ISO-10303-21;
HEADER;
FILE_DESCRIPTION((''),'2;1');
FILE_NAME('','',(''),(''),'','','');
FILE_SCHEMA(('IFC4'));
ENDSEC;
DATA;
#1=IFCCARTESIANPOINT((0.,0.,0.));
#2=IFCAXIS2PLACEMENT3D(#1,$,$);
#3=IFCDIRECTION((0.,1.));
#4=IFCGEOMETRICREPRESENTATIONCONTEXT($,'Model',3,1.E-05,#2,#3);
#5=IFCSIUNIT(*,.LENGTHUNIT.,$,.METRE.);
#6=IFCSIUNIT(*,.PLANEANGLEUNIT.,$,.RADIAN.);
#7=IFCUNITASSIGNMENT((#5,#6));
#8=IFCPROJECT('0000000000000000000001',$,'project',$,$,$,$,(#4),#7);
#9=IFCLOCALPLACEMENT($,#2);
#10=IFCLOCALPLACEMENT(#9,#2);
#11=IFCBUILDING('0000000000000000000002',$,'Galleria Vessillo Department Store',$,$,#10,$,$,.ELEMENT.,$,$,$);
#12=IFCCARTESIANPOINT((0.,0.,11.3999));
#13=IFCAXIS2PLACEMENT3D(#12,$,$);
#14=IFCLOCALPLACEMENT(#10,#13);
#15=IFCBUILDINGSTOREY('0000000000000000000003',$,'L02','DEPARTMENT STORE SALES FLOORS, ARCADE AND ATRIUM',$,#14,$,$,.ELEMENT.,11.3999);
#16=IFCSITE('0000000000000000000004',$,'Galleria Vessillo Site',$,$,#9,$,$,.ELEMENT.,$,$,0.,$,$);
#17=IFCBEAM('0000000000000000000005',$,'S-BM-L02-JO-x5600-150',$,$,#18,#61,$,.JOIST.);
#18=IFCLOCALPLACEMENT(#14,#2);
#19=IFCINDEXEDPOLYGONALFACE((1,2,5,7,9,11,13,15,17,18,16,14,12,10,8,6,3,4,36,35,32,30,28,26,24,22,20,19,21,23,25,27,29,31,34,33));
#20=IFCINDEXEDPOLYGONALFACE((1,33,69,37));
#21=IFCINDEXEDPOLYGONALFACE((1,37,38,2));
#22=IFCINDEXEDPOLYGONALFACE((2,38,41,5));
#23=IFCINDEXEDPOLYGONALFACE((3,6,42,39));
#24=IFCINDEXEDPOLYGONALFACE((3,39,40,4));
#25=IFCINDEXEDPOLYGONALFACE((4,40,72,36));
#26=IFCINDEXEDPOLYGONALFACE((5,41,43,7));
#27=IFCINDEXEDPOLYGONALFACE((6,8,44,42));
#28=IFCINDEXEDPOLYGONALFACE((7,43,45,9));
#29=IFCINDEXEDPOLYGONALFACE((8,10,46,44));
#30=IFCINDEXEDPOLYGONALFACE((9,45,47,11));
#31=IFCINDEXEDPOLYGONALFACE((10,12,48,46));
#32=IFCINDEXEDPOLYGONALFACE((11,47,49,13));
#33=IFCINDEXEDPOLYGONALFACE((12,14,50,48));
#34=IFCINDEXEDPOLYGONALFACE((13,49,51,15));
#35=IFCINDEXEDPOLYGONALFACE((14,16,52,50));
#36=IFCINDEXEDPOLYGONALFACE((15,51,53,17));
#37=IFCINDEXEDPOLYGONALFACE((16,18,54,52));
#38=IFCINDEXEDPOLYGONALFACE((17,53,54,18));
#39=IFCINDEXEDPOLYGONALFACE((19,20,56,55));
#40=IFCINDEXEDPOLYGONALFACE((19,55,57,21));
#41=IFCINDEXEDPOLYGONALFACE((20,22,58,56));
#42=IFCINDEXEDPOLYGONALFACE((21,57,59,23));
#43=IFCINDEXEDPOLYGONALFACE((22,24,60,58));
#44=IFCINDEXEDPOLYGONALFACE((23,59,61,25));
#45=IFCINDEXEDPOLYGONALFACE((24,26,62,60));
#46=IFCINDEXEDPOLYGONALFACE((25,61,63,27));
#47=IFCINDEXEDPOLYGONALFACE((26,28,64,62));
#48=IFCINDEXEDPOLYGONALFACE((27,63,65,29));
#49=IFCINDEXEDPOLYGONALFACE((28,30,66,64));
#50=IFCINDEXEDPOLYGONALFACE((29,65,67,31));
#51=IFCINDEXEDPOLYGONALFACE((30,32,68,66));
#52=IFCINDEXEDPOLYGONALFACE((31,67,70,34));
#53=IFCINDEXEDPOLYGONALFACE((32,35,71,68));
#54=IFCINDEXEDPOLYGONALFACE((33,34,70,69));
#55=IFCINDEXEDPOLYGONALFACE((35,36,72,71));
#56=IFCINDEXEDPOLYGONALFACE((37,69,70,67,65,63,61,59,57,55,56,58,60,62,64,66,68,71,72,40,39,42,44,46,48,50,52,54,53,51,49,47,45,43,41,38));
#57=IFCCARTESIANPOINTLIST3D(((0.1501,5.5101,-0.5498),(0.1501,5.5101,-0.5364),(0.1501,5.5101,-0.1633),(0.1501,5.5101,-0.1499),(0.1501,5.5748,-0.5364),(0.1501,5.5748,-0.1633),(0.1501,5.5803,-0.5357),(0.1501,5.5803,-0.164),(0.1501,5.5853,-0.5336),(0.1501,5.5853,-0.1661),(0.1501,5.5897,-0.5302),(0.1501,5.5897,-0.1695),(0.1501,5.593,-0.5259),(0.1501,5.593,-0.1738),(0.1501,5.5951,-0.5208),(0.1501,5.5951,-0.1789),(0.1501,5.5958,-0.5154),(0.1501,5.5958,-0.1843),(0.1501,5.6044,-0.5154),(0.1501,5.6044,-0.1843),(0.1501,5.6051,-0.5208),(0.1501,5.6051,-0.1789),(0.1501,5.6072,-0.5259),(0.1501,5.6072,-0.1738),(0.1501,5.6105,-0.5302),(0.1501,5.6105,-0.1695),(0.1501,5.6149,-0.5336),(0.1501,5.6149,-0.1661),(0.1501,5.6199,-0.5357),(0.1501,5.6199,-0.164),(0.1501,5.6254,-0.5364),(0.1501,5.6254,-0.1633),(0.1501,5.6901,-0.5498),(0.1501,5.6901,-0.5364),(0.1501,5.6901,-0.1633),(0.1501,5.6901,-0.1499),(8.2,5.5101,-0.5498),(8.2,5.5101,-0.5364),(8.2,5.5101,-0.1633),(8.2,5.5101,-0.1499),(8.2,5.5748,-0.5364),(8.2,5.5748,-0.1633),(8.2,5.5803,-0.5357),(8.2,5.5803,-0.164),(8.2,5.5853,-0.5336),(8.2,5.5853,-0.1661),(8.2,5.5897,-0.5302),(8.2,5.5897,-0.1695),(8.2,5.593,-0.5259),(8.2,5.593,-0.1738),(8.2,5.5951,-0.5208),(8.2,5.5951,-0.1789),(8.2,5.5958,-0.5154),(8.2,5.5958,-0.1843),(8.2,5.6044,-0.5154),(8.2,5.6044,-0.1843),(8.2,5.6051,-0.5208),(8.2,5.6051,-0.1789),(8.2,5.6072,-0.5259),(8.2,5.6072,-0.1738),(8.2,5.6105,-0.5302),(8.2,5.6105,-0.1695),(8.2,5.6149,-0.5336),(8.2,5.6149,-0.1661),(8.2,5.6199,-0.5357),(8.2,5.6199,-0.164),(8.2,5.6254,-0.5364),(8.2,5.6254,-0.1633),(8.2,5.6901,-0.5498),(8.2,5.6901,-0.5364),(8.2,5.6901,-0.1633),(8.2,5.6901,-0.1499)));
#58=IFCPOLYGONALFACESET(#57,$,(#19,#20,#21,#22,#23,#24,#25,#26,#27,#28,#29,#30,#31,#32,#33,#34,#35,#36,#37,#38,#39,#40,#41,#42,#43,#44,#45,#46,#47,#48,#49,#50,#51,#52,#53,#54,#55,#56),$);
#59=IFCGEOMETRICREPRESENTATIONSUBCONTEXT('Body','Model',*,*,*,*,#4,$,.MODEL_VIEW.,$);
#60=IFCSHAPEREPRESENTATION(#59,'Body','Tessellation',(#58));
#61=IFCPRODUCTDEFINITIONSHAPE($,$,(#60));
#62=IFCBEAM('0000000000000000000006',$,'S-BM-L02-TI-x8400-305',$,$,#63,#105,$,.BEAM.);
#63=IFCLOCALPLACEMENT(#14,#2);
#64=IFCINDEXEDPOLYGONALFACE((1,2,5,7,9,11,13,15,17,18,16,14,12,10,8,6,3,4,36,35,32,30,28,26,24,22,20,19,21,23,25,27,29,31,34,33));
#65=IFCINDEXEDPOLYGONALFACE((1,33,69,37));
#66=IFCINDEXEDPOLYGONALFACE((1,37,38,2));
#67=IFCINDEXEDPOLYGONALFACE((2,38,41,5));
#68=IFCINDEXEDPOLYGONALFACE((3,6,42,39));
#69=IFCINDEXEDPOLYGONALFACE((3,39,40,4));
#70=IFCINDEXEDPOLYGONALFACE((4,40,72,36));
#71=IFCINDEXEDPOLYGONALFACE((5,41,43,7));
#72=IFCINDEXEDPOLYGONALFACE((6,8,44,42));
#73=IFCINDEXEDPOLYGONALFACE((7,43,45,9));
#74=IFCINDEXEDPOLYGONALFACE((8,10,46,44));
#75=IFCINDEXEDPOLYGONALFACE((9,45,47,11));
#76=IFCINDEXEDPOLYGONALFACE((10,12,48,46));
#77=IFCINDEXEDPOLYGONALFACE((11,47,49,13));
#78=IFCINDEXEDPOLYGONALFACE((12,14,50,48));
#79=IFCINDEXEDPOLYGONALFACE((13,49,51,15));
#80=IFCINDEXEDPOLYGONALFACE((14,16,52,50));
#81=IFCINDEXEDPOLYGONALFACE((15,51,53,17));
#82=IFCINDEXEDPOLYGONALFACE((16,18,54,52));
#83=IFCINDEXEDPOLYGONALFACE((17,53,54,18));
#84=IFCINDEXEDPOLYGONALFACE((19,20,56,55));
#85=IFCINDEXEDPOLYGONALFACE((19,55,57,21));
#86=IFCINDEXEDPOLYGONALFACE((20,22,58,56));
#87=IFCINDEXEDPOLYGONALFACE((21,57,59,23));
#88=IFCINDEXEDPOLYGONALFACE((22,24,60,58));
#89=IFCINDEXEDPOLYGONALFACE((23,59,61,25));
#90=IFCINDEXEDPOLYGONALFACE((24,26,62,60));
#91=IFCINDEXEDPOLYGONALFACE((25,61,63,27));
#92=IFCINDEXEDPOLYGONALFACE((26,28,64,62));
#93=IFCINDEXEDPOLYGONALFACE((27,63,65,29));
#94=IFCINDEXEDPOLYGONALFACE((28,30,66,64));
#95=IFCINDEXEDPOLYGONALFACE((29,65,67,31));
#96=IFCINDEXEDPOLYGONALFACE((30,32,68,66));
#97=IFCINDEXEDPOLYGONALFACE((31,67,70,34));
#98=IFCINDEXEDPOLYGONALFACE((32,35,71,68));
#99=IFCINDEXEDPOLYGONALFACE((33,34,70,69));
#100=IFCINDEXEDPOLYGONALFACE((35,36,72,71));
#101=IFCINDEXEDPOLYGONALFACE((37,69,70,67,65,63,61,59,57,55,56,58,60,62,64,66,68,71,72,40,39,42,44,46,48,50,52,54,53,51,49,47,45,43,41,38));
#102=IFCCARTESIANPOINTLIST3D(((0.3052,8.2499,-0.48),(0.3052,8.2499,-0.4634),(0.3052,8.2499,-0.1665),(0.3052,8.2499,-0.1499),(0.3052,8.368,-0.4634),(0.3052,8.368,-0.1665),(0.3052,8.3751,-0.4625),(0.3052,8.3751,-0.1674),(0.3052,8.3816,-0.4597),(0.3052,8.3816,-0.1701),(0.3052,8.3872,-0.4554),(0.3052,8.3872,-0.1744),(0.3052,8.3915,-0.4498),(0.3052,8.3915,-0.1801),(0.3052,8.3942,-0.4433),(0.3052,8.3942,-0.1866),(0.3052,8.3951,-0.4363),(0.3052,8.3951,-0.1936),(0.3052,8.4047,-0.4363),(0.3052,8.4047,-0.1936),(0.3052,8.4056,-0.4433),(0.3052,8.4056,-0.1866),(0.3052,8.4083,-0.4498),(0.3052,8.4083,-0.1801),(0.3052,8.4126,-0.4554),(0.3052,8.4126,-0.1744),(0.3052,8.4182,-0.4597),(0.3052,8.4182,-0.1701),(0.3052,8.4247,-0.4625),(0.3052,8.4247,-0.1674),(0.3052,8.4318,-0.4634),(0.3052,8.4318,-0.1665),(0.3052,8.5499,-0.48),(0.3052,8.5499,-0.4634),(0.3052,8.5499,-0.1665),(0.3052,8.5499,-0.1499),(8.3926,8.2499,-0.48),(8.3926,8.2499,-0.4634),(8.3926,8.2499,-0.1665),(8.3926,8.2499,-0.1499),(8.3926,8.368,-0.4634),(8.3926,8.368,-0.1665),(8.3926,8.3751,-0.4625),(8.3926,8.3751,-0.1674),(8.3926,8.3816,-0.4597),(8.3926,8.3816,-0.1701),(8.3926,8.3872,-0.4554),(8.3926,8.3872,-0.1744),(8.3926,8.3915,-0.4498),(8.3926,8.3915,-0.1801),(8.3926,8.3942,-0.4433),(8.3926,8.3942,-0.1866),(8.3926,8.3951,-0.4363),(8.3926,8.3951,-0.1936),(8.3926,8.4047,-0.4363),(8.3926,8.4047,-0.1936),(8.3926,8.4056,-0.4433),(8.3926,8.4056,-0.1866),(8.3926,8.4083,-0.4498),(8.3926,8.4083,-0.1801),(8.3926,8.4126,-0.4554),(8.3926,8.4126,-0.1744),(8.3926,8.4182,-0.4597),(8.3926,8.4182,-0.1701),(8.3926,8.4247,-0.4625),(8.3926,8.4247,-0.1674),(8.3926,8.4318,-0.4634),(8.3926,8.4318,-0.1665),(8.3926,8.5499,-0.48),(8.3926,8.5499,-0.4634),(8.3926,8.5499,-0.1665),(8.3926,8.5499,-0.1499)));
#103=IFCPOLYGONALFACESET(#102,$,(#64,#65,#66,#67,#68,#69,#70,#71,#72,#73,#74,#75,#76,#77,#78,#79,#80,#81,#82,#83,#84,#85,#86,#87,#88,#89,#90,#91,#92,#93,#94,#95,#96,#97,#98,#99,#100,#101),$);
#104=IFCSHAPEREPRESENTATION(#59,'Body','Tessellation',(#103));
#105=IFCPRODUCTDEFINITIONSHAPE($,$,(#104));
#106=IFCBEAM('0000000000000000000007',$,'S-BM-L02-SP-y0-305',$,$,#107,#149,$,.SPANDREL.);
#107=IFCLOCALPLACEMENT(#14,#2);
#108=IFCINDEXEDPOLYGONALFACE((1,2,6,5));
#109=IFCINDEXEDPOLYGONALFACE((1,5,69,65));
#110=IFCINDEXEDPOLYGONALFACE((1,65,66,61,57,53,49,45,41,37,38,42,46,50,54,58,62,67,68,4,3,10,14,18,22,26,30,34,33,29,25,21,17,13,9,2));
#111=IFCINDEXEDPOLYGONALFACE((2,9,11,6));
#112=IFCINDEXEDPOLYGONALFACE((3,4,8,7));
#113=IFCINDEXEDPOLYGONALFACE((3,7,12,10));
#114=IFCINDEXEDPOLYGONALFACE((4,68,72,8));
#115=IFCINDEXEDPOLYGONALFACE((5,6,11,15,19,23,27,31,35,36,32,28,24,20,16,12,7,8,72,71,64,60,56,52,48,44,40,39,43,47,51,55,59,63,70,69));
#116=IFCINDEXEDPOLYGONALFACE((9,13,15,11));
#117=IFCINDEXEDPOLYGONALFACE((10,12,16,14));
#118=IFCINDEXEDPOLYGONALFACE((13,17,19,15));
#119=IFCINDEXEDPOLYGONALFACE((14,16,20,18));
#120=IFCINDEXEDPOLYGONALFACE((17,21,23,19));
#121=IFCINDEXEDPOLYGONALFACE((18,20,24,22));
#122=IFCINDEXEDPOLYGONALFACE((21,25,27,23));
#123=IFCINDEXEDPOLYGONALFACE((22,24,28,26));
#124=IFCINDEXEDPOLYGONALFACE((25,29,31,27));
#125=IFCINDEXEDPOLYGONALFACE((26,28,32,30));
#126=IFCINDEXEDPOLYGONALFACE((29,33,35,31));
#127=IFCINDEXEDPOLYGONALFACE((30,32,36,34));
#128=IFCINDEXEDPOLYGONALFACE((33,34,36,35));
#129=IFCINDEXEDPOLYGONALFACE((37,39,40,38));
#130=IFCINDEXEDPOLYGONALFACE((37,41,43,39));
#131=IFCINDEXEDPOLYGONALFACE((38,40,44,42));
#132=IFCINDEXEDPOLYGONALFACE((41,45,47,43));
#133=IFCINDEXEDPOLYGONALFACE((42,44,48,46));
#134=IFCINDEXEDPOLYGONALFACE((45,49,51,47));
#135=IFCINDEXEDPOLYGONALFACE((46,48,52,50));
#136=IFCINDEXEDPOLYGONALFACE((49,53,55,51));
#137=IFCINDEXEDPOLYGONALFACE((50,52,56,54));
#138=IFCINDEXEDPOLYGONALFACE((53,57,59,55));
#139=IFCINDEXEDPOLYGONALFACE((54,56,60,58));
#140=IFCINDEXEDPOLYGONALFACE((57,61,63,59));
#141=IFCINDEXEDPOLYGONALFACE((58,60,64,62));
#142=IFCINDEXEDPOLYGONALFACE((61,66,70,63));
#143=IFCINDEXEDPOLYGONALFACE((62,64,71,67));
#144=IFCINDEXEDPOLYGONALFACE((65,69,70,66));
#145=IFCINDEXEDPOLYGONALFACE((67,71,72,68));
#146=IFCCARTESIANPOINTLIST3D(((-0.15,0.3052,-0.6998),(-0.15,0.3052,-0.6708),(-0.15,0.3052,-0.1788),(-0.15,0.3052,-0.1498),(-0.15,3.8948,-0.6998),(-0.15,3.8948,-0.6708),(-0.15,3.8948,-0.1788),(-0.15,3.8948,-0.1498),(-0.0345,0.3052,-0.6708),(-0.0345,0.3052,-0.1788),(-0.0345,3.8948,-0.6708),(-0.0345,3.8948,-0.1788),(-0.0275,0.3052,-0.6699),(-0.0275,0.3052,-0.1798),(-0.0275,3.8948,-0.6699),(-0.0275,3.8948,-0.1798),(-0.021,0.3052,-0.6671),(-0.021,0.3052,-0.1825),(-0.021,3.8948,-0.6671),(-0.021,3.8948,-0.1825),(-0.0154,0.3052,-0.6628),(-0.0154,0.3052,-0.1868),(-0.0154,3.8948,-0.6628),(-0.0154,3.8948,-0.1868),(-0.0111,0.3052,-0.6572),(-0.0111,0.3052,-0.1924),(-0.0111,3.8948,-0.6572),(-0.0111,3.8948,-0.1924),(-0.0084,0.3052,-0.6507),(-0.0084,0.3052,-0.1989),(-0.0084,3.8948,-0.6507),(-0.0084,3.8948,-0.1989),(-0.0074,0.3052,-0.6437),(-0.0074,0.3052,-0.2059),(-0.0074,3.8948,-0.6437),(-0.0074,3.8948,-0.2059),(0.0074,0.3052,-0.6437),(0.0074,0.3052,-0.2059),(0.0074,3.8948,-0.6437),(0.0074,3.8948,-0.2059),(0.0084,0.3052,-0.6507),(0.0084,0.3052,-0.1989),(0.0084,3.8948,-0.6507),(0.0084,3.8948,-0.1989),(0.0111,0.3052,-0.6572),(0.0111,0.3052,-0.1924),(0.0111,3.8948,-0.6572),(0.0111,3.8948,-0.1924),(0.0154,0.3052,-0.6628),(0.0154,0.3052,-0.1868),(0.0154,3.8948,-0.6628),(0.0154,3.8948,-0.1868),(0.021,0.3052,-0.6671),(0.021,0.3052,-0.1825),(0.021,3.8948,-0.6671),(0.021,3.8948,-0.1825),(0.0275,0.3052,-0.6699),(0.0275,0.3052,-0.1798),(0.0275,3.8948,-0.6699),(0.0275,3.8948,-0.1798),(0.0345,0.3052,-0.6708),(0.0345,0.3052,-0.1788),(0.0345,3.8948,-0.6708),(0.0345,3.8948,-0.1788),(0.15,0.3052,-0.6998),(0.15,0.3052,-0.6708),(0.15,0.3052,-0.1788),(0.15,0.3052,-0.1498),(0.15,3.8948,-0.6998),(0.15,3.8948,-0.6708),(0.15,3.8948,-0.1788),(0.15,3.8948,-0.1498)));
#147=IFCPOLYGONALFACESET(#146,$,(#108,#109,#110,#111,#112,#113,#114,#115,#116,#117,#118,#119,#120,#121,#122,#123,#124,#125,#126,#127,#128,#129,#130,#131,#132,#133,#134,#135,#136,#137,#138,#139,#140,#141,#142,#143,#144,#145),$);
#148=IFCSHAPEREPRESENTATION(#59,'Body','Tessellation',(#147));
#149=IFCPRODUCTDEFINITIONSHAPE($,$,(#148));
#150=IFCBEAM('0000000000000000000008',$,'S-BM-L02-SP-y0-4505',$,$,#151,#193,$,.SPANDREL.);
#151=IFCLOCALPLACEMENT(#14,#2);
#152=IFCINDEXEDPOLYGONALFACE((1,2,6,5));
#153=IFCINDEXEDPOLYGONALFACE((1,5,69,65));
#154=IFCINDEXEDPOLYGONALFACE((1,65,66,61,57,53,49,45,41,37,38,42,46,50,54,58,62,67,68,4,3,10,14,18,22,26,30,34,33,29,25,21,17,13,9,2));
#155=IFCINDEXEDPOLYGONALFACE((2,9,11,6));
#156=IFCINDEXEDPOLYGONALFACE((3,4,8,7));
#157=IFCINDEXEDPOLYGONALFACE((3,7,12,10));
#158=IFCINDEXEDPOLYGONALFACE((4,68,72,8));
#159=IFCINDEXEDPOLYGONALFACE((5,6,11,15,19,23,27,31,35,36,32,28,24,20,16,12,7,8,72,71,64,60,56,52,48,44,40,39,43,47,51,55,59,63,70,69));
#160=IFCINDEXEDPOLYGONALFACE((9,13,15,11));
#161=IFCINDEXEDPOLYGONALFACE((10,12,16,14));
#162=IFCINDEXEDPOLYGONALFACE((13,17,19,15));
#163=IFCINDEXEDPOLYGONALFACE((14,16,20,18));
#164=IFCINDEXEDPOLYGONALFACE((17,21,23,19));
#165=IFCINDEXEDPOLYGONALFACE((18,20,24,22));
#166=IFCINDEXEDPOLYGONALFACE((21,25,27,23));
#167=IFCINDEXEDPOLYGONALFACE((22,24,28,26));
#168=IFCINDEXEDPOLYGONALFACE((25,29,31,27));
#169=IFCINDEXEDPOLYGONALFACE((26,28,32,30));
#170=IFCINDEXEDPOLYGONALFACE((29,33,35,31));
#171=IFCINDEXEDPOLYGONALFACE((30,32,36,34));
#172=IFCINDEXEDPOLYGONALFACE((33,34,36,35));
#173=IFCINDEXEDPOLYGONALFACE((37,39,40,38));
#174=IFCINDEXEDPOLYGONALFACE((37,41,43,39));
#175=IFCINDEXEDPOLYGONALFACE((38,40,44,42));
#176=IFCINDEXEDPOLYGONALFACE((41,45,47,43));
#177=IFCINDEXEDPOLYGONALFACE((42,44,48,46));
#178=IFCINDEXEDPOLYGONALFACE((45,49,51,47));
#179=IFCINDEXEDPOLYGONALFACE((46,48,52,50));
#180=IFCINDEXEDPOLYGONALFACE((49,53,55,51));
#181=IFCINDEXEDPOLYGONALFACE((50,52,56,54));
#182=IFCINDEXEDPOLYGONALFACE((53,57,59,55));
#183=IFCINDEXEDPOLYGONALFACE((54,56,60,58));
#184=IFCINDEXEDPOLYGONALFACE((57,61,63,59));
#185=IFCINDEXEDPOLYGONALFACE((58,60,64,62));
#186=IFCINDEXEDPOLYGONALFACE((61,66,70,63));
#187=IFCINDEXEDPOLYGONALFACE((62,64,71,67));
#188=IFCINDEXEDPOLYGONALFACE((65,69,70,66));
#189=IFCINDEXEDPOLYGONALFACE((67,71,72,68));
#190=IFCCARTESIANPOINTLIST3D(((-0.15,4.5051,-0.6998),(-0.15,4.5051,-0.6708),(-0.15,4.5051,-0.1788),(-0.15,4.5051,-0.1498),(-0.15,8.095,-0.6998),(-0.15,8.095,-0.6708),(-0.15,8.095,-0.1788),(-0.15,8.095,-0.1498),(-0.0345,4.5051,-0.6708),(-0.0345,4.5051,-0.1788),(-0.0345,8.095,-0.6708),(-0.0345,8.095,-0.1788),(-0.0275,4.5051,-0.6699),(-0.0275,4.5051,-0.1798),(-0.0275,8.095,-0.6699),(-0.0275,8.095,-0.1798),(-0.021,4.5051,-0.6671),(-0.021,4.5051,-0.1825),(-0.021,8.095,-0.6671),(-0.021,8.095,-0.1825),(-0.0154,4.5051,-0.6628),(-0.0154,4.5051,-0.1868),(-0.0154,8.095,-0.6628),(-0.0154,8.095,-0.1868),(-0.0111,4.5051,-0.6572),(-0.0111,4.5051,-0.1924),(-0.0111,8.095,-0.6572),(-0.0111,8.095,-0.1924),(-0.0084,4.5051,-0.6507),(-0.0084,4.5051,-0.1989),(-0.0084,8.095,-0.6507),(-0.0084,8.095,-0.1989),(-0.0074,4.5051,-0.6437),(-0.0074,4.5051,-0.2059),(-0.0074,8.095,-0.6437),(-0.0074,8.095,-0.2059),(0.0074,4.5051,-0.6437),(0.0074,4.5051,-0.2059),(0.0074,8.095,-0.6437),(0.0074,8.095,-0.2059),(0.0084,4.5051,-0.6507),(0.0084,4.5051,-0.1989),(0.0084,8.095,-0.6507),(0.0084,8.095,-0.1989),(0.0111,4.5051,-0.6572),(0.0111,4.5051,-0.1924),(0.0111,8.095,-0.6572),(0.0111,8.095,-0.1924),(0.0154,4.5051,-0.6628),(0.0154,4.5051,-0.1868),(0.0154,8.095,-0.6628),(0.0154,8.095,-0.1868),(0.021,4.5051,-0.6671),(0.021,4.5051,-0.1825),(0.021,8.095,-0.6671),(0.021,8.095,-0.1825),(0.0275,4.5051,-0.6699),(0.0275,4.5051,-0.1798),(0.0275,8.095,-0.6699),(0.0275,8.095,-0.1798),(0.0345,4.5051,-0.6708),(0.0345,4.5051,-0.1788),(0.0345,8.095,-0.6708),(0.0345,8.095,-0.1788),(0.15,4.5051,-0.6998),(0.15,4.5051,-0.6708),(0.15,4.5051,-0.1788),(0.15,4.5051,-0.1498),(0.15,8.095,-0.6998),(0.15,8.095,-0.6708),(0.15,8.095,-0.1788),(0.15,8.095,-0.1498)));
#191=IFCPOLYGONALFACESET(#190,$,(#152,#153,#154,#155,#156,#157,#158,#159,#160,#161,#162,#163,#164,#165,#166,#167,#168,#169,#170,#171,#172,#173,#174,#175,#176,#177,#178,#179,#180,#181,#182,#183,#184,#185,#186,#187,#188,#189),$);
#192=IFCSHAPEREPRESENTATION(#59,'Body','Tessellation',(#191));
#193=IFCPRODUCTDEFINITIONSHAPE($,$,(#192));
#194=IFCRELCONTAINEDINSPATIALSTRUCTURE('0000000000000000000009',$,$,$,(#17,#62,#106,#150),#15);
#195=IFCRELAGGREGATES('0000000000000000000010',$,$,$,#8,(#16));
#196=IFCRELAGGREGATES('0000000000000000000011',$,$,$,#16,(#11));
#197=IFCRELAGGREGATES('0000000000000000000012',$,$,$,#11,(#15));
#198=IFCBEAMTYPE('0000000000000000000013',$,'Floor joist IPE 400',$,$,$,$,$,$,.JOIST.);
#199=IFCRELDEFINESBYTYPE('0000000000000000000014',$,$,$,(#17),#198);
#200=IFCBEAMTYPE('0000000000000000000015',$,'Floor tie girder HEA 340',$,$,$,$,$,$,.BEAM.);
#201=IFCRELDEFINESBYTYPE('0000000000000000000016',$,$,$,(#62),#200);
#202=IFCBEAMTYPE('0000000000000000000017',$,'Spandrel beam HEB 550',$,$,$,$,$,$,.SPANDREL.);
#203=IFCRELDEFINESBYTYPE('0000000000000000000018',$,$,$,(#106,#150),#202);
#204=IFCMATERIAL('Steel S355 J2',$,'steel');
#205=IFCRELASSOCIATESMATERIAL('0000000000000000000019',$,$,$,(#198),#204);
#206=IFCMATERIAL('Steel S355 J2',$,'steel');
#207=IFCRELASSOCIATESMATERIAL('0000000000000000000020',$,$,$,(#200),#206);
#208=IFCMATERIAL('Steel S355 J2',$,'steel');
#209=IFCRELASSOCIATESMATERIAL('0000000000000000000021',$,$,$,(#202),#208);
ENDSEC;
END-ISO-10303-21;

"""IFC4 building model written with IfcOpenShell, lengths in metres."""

from ifc_helpers import new_model, si_unit, direction, frame, origin, origin_2d, place, context, subcontext, project, spatial, i_section, extrude, material, material_profile, profile_set, type_object, element, save


model = new_model("IFC4")

# Units and contexts
model_context = context("Model", 3, precision=1e-05, world=origin(), true_north=direction((0.0, 1.0)))
body_context = subcontext(model_context, "Body", "Model", "MODEL_VIEW")
ifc_project = project(units=[si_unit("LENGTHUNIT", "METRE"), si_unit("PLANEANGLEUNIT", "RADIAN")], contexts=[model_context])

# Site, building, storey
site_placement = place(None, origin())
site = spatial("IfcSite", under=ifc_project, at=site_placement, Name="Galleria Vessillo Site", CompositionType="ELEMENT", RefElevation=0.0)
building_placement = place(site_placement, origin())
building = spatial("IfcBuilding", under=site, at=building_placement, Name="Galleria Vessillo Department Store", CompositionType="ELEMENT")
storey_placement = place(building_placement, frame((0.0, 0.0, 11.3999)))
storey = spatial("IfcBuildingStorey", under=building, at=storey_placement, Name="L02", Description="DEPARTMENT STORE SALES FLOORS, ARCADE AND ATRIUM", CompositionType="ELEMENT", Elevation=11.3999)

# Beams
ifc_material_1 = material(Name="Steel S355 J2", Category="steel")
ifc_material_profile_1 = material_profile(ifc_material_1, i_section(OverallWidth=0.1799, OverallDepth=0.3999, WebThickness=0.0085, FlangeThickness=0.0134, FilletRadius=0.021, at=origin_2d()), Name="IPE 400")
ifc_profile_set_1 = profile_set([ifc_material_profile_1], Name="Steel S355 J2")
beam_type_1 = type_object("IfcBeamType", Name="Floor joist IPE 400", PredefinedType="JOIST", material=ifc_profile_set_1)
for number, where, z_axis, x_axis, name in (
    (1, (0.1501, 5.6001, -0.3499), (1.0, 0.0, 0.0), (0.0, 1.0, 0.0), "S-BM-L02-JO-x5600-150"),
):
    element("IfcBeam", number, at=place(storey_placement, frame(where, z_axis=z_axis, x_axis=x_axis)), inside=storey, type_object=beam_type_1, Name=name, PredefinedType="JOIST", context=body_context, shape_type="SweptSolid", body=[
        extrude(i_section(OverallWidth=0.1799, OverallDepth=0.3999, WebThickness=0.0085, FlangeThickness=0.0134, FilletRadius=0.021, at=origin_2d()), origin(), (0.0, 0.0, 1.0), 8.0498),
    ])
ifc_material_2 = material(Name="Steel S355 J2", Category="steel")
ifc_material_profile_2 = material_profile(ifc_material_2, i_section(OverallWidth=0.3, OverallDepth=0.3301, WebThickness=0.0095, FlangeThickness=0.0166, FilletRadius=0.0271, at=origin_2d()), Name="HEA 340")
ifc_profile_set_2 = profile_set([ifc_material_profile_2], Name="Steel S355 J2")
beam_type_2 = type_object("IfcBeamType", Name="Floor tie girder HEA 340", PredefinedType="BEAM", material=ifc_profile_set_2)
beam_1_placement = place(storey_placement, frame((0.3052, 8.3999, -0.3149), z_axis=(1.0, 0.0, 0.0), x_axis=(0.0, 1.0, 0.0)))
element("IfcBeam", 2, at=beam_1_placement, inside=storey, type_object=beam_type_2, Name="S-BM-L02-TI-x8400-305", PredefinedType="BEAM", context=body_context, shape_type="SweptSolid", body=[
    extrude(i_section(OverallWidth=0.3, OverallDepth=0.3301, WebThickness=0.0095, FlangeThickness=0.0166, FilletRadius=0.0271, at=origin_2d()), origin(), (0.0, 0.0, 1.0), 8.0874),
])
ifc_material_3 = material(Name="Steel S355 J2", Category="steel")
ifc_material_profile_3 = material_profile(ifc_material_3, i_section(OverallWidth=0.3, OverallDepth=0.55, WebThickness=0.0149, FlangeThickness=0.0291, FilletRadius=0.0271, at=origin_2d()), Name="HEB 550")
ifc_profile_set_3 = profile_set([ifc_material_profile_3], Name="Steel S355 J2")
beam_type_3 = type_object("IfcBeamType", Name="Spandrel beam HEB 550", PredefinedType="SPANDREL", material=ifc_profile_set_3)
beam_2_placement = place(storey_placement, frame((0.0, 0.3052, -0.4248), z_axis=(0.0, 1.0, 0.0), x_axis=(-1.0, 0.0, 0.0)))
element("IfcBeam", 3, at=beam_2_placement, inside=storey, type_object=beam_type_3, Name="S-BM-L02-SP-y0-305", PredefinedType="SPANDREL", context=body_context, shape_type="SweptSolid", body=[
    extrude(i_section(OverallWidth=0.3, OverallDepth=0.55, WebThickness=0.0149, FlangeThickness=0.0291, FilletRadius=0.0271, at=origin_2d()), origin(), (0.0, 0.0, 1.0), 3.5896),
])
beam_3_placement = place(storey_placement, frame((0.0, 4.5051, -0.4248), z_axis=(0.0, 1.0, 0.0), x_axis=(-1.0, 0.0, 0.0)))
element("IfcBeam", 4, at=beam_3_placement, inside=storey, type_object=beam_type_3, Name="S-BM-L02-SP-y0-4505", PredefinedType="SPANDREL", context=body_context, shape_type="SweptSolid", body=[
    extrude(i_section(OverallWidth=0.3, OverallDepth=0.55, WebThickness=0.0149, FlangeThickness=0.0291, FilletRadius=0.0271, at=origin_2d()), origin(), (0.0, 0.0, 1.0), 3.5898),
])

save(model, "model.ifc")
